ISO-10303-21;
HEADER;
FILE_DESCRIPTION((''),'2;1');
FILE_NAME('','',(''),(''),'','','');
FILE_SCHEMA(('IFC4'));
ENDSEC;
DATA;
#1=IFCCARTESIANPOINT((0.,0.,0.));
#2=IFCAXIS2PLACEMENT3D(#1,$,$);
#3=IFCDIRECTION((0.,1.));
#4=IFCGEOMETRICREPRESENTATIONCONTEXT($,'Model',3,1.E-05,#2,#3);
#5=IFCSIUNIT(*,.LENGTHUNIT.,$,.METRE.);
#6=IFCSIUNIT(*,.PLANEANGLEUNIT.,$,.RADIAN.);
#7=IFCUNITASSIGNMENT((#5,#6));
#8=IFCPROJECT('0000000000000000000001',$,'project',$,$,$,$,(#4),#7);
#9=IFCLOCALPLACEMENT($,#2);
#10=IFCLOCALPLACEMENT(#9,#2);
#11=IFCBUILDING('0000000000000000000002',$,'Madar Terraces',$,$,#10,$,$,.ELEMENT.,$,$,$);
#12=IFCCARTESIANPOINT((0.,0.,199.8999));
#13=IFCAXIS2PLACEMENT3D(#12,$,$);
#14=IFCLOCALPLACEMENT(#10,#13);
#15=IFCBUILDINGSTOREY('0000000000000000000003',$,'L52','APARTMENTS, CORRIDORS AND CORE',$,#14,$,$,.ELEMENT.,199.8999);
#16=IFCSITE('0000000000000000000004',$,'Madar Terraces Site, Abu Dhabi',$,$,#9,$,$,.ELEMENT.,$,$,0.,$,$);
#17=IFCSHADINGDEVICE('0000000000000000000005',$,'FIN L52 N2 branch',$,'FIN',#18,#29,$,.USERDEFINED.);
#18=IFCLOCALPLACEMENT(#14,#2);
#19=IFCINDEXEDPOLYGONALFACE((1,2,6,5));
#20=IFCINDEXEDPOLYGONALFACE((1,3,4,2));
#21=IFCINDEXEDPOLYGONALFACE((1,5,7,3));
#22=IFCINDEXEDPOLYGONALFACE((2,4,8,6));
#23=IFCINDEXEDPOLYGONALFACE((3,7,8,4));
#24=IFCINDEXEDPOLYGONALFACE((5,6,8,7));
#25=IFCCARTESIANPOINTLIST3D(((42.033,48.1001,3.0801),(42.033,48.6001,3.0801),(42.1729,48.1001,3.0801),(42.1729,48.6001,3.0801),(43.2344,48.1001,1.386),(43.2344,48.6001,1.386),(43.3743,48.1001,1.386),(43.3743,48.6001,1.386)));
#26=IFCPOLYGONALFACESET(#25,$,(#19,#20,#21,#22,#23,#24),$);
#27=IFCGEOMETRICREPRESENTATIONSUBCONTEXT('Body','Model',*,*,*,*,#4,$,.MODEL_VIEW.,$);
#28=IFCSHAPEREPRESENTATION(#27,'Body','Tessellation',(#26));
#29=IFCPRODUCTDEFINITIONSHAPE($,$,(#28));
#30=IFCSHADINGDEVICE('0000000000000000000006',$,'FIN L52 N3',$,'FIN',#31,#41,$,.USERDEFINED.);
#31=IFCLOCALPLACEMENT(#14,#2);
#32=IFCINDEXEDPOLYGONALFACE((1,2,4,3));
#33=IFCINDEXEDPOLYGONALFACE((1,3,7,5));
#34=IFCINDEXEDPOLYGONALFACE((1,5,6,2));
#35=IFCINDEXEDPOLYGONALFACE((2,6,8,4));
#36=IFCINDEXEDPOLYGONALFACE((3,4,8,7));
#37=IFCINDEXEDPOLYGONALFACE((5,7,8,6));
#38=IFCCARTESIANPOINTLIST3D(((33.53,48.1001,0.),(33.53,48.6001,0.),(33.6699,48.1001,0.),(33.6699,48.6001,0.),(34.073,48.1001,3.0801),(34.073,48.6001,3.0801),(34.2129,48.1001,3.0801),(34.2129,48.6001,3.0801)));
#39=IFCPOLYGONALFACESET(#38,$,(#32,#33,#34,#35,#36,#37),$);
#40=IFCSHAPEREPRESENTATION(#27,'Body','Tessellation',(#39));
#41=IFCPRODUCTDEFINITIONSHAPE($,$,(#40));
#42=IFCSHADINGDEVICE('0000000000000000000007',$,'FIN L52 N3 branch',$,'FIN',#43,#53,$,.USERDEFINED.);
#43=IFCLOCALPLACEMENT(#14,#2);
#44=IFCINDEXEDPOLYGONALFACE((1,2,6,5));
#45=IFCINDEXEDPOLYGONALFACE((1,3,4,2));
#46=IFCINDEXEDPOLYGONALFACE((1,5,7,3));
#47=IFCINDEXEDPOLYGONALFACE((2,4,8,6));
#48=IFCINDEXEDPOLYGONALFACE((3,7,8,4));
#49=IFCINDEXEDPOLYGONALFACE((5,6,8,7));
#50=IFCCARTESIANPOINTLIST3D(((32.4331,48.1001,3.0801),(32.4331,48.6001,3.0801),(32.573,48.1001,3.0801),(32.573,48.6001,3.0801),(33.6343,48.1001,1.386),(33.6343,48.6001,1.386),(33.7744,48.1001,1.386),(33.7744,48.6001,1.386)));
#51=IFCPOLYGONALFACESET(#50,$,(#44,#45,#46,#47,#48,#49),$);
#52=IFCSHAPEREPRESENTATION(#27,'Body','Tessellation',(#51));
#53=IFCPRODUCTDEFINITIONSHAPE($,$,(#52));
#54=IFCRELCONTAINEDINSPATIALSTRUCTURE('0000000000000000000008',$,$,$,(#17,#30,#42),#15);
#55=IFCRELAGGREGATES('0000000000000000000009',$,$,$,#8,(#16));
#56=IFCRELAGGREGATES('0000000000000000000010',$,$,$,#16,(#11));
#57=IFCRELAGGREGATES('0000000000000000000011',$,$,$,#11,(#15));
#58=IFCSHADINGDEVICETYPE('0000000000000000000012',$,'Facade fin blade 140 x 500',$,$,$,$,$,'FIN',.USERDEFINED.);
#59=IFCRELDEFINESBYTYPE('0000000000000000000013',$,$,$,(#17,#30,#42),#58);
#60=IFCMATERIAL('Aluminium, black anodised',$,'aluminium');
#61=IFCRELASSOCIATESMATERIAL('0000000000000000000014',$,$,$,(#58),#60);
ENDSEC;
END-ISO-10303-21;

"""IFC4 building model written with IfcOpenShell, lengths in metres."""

from ifc_helpers import new_model, si_unit, direction, frame, origin, place, context, subcontext, project, spatial, polyline, outline, extrude, material, type_object, element, save


model = new_model("IFC4")

# Units and contexts
model_context = context("Model", 3, precision=1e-05, world=origin(), true_north=direction((0.0, 1.0)))
body_context = subcontext(model_context, "Body", "Model", "MODEL_VIEW")
ifc_project = project(units=[si_unit("LENGTHUNIT", "METRE"), si_unit("PLANEANGLEUNIT", "RADIAN")], contexts=[model_context])

# Site, building, storey
site_placement = place(None, origin())
site = spatial("IfcSite", under=ifc_project, at=site_placement, Name="Madar Terraces Site, Abu Dhabi", CompositionType="ELEMENT", RefElevation=0.0)
building_placement = place(site_placement, origin())
building = spatial("IfcBuilding", under=site, at=building_placement, Name="Madar Terraces", CompositionType="ELEMENT")
storey_placement = place(building_placement, frame((0.0, 0.0, 199.8999)))
storey = spatial("IfcBuildingStorey", under=building, at=storey_placement, Name="L52", Description="APARTMENTS, CORRIDORS AND CORE", CompositionType="ELEMENT", Elevation=199.8999)

# Shading devices
ifc_material_1 = material(Name="Aluminium, black anodised", Category="aluminium")
shading_device_type = type_object("IfcShadingDeviceType", Name="Facade fin blade 140 x 500", ElementType="FIN", PredefinedType="USERDEFINED", material=ifc_material_1)
shading_device_1_placement = place(storey_placement, frame((43.3743, 48.3501, 1.386), z_axis=(0.0, 0.0, 1.0), x_axis=(-1.0, 0.0, 0.0)))
element("IfcShadingDevice", 1, at=shading_device_1_placement, inside=storey, type_object=shading_device_type, Name="FIN L52 N2 branch", ObjectType="FIN", PredefinedType="USERDEFINED", context=body_context, shape_type="SweptSolid", body=[
    extrude(outline(polyline([(0.0, 0.0), (0.1399, 0.0), (1.3413, 1.6941), (1.2014, 1.6941), (0.0, 0.0)])), frame((0.0, 0.25, 0.0), z_axis=(0.0, -1.0, 0.0), x_axis=(1.0, 0.0, 0.0)), (0.0, 0.0, 1.0), 0.5),
])
shading_device_2_placement = place(storey_placement, frame((33.6699, 48.3501, 0.0), z_axis=(0.0, 0.0, 1.0), x_axis=(-1.0, 0.0, 0.0)))
element("IfcShadingDevice", 2, at=shading_device_2_placement, inside=storey, type_object=shading_device_type, Name="FIN L52 N3", ObjectType="FIN", PredefinedType="USERDEFINED", context=body_context, shape_type="SweptSolid", body=[
    extrude(outline(polyline([(0.0, 0.0), (0.1399, 0.0), (-0.4031, 3.0801), (-0.543, 3.0801), (0.0, 0.0)])), frame((0.0, 0.25, 0.0), z_axis=(0.0, -1.0, 0.0), x_axis=(1.0, 0.0, 0.0)), (0.0, 0.0, 1.0), 0.5),
])
shading_device_3_placement = place(storey_placement, frame((33.7744, 48.3501, 1.386), z_axis=(0.0, 0.0, 1.0), x_axis=(-1.0, 0.0, 0.0)))
element("IfcShadingDevice", 3, at=shading_device_3_placement, inside=storey, type_object=shading_device_type, Name="FIN L52 N3 branch", ObjectType="FIN", PredefinedType="USERDEFINED", context=body_context, shape_type="SweptSolid", body=[
    extrude(outline(polyline([(0.0, 0.0), (0.1401, 0.0), (1.3413, 1.6941), (1.2014, 1.6941), (0.0, 0.0)])), frame((0.0, 0.25, 0.0), z_axis=(0.0, -1.0, 0.0), x_axis=(1.0, 0.0, 0.0)), (0.0, 0.0, 1.0), 0.5),
])

save(model, "model.ifc")
